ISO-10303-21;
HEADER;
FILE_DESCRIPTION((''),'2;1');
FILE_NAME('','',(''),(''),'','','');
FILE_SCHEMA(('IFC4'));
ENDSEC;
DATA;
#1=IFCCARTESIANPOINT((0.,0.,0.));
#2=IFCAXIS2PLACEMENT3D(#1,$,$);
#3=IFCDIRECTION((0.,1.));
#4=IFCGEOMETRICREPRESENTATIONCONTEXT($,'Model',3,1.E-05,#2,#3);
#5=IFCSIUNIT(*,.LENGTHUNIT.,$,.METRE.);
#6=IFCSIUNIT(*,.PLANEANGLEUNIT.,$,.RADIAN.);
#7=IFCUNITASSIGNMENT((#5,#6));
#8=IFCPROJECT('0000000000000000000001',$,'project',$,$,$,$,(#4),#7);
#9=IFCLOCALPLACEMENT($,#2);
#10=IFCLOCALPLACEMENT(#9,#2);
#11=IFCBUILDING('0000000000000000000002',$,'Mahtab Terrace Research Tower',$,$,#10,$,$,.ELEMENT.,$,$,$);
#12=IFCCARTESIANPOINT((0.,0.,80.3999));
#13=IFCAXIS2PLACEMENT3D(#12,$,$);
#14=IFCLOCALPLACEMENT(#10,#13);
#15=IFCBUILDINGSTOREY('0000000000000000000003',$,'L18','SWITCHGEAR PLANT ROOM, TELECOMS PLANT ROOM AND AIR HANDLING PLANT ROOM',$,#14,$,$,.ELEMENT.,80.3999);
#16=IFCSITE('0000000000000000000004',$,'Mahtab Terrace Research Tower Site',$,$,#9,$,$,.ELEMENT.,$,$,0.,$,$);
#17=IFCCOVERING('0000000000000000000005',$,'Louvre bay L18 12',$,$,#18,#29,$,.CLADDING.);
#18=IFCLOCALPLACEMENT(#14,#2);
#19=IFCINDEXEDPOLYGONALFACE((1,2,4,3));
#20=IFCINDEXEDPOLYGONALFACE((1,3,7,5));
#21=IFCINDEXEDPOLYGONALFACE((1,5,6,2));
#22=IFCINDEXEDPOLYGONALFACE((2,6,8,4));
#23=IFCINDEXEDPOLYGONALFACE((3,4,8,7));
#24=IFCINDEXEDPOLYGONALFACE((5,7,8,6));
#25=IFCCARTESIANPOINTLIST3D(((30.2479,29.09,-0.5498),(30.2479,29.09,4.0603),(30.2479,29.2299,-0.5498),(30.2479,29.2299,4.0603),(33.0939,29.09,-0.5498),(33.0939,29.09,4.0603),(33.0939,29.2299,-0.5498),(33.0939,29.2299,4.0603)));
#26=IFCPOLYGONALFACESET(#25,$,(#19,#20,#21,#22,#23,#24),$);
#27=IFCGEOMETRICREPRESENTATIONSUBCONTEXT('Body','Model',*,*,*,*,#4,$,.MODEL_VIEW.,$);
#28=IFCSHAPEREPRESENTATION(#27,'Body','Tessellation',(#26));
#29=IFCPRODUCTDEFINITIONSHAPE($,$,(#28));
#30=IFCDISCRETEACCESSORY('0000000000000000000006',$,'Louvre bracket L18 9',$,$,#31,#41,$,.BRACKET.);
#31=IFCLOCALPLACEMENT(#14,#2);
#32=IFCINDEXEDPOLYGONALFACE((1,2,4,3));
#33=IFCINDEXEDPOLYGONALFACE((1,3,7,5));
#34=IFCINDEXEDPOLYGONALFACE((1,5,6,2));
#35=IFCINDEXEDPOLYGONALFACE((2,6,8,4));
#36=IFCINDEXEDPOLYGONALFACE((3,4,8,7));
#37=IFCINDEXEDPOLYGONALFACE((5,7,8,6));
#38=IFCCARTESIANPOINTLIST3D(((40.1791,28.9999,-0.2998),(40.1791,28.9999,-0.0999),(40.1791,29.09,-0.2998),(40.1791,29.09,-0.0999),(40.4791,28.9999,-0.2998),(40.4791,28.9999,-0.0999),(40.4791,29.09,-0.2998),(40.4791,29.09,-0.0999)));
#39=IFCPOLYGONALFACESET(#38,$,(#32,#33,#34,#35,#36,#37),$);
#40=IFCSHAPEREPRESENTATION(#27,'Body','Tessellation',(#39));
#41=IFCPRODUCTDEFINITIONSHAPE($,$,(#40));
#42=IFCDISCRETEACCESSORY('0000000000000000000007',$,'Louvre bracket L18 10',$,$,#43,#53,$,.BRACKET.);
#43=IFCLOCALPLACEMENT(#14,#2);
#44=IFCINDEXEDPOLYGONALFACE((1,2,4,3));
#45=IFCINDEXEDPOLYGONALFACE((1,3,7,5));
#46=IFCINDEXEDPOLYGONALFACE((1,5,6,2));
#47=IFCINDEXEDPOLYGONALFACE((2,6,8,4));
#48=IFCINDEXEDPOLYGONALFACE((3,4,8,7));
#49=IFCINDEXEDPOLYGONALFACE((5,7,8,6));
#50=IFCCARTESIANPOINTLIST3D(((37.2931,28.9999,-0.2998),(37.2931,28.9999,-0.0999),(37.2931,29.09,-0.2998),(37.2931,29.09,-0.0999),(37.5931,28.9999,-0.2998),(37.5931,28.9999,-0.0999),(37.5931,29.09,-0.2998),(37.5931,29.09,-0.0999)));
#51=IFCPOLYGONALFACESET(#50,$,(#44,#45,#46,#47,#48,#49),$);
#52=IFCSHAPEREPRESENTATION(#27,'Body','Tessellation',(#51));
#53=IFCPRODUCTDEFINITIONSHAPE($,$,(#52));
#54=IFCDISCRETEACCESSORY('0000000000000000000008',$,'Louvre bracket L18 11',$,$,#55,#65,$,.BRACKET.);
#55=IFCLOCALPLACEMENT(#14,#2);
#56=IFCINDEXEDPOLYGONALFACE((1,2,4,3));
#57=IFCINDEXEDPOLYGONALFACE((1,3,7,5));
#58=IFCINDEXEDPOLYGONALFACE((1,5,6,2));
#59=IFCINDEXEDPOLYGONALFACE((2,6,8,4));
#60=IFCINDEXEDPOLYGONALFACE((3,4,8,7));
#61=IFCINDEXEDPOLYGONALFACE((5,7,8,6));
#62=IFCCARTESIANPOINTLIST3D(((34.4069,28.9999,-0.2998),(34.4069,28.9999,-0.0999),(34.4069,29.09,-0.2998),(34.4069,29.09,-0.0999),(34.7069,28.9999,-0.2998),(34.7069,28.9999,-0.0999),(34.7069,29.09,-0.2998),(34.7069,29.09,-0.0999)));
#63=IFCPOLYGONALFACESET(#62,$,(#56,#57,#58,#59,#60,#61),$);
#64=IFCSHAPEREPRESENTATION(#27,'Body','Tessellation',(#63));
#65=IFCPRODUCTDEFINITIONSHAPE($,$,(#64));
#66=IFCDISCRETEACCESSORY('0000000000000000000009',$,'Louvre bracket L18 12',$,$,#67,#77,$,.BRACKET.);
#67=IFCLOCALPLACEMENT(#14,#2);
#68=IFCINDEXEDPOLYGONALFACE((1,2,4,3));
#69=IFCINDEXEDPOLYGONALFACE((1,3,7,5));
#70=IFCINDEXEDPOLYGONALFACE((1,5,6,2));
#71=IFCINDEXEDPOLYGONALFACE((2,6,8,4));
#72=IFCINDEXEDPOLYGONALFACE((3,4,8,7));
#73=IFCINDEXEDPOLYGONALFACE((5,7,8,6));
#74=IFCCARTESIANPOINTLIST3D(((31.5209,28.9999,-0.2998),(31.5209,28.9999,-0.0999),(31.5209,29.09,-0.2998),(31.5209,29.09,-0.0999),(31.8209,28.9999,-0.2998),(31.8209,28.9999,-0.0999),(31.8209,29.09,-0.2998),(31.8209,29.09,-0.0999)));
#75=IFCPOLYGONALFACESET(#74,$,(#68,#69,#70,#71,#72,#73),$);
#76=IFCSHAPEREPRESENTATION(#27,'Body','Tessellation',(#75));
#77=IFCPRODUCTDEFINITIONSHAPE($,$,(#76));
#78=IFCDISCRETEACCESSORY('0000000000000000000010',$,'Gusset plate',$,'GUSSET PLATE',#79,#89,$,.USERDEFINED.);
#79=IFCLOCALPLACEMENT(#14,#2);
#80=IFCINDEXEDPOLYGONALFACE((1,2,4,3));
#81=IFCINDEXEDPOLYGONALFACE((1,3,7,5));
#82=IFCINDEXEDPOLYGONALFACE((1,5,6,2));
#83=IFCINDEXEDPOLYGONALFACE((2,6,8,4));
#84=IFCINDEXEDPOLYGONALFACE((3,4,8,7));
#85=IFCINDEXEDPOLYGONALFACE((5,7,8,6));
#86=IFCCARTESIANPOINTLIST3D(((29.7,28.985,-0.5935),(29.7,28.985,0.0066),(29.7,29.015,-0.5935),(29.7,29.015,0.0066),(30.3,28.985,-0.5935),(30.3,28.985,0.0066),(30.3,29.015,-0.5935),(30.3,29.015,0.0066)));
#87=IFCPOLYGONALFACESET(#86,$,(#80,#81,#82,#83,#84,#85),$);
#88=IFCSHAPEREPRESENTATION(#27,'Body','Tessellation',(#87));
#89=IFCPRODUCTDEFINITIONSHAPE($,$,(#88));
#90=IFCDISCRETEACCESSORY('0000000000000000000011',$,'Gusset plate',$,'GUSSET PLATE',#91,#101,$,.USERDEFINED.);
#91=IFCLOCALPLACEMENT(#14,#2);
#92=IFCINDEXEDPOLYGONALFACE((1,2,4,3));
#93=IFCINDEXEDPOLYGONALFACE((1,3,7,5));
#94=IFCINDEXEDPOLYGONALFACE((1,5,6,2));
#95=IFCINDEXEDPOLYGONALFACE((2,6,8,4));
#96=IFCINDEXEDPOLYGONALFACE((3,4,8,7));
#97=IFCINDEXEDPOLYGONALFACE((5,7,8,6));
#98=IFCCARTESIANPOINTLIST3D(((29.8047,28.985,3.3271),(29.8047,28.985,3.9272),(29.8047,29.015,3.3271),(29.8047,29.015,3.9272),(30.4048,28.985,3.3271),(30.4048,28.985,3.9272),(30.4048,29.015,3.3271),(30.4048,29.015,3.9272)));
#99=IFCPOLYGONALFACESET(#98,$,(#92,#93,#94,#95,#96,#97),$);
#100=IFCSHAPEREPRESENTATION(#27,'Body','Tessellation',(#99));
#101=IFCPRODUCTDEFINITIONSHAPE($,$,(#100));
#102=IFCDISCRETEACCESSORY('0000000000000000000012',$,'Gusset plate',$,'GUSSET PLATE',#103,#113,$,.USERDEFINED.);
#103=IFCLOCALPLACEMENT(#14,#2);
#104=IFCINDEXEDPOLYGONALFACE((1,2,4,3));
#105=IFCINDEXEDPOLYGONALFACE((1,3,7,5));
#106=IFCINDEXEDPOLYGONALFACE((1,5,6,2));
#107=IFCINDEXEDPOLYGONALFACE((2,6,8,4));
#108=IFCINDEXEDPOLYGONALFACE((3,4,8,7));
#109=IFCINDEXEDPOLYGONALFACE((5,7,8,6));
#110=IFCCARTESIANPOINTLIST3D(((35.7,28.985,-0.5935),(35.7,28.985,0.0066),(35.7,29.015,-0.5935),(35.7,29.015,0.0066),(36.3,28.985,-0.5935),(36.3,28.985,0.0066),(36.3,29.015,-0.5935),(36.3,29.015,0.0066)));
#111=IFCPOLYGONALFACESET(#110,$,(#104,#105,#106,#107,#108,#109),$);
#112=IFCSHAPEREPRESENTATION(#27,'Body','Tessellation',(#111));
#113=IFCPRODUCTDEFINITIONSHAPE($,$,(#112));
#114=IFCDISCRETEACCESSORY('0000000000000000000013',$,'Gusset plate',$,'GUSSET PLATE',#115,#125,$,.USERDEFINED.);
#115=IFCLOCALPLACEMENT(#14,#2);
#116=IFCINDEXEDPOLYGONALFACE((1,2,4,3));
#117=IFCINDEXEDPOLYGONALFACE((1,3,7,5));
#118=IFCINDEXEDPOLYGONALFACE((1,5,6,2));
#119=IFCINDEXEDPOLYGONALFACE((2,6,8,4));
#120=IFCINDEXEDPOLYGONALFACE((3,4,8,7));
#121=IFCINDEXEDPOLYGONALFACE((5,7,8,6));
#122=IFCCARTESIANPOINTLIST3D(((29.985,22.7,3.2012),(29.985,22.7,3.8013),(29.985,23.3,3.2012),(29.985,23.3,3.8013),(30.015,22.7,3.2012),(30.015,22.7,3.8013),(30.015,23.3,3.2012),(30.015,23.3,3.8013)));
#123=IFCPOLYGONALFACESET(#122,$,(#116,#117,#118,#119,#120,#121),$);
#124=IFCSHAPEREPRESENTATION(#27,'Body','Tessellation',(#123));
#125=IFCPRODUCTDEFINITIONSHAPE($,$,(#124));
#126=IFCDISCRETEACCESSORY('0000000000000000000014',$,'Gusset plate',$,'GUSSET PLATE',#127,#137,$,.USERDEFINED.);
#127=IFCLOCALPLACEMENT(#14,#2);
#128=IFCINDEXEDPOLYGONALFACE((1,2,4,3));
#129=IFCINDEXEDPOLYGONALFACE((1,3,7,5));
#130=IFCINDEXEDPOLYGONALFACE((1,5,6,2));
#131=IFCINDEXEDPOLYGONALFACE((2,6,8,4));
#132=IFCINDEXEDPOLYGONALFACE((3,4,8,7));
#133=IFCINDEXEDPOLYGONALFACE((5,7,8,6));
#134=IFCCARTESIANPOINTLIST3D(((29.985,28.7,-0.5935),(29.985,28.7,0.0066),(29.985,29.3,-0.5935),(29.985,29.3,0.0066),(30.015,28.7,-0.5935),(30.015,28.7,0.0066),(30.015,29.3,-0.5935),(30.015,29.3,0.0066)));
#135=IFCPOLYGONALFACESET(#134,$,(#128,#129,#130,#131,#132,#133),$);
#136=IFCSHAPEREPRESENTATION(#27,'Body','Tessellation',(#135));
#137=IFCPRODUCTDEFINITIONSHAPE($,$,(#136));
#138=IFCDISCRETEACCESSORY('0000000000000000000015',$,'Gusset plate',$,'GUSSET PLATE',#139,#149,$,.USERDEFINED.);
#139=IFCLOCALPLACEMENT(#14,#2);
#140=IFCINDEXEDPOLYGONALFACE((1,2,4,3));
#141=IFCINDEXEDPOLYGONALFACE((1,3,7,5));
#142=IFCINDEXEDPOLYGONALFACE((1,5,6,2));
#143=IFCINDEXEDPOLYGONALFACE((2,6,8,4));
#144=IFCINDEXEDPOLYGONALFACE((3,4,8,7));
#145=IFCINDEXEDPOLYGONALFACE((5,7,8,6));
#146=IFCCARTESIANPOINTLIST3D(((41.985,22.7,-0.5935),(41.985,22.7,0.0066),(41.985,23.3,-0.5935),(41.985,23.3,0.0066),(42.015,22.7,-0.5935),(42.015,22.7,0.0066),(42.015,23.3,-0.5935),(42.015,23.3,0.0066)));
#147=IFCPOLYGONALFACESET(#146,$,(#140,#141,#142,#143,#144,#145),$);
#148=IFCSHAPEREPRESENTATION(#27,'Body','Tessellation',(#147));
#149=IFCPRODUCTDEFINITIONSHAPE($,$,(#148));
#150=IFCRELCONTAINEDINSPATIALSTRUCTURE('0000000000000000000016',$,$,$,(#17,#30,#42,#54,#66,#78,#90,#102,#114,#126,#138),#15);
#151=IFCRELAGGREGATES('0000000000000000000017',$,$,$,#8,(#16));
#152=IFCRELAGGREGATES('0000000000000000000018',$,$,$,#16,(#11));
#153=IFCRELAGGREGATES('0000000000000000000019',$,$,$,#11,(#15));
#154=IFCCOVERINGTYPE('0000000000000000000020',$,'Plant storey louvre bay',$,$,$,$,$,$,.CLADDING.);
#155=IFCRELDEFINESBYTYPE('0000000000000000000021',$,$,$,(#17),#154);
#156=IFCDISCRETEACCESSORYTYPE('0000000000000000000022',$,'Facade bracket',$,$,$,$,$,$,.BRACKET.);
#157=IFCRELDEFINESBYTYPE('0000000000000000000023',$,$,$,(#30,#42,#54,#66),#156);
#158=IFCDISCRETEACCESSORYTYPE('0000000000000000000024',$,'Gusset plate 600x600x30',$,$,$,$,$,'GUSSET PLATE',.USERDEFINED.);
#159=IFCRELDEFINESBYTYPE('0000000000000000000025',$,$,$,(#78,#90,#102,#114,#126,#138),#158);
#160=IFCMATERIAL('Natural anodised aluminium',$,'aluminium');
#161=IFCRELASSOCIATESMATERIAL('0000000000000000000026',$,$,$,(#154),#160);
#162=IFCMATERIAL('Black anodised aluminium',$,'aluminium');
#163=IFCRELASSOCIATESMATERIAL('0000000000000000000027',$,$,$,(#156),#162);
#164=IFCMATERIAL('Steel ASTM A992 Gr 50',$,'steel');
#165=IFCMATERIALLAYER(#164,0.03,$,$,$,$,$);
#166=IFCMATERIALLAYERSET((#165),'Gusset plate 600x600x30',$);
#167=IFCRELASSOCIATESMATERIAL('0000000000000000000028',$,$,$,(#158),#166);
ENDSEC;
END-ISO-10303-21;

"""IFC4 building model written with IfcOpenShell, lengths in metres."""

from ifc_helpers import new_model, si_unit, direction, frame, origin, origin_2d, place, context, subcontext, project, spatial, rectangle, extrude, material, layer, layer_set, type_object, element, save


model = new_model("IFC4")

# Units and contexts
model_context = context("Model", 3, precision=1e-05, world=origin(), true_north=direction((0.0, 1.0)))
body_context = subcontext(model_context, "Body", "Model", "MODEL_VIEW")
ifc_project = project(units=[si_unit("LENGTHUNIT", "METRE"), si_unit("PLANEANGLEUNIT", "RADIAN")], contexts=[model_context])

# Site, building, storey
site_placement = place(None, origin())
site = spatial("IfcSite", under=ifc_project, at=site_placement, Name="Mahtab Terrace Research Tower Site", CompositionType="ELEMENT", RefElevation=0.0)
building_placement = place(site_placement, origin())
building = spatial("IfcBuilding", under=site, at=building_placement, Name="Mahtab Terrace Research Tower", CompositionType="ELEMENT")
storey_placement = place(building_placement, frame((0.0, 0.0, 80.3999)))
storey = spatial("IfcBuildingStorey", under=building, at=storey_placement, Name="L18", Description="SWITCHGEAR PLANT ROOM, TELECOMS PLANT ROOM AND AIR HANDLING PLANT ROOM", CompositionType="ELEMENT", Elevation=80.3999)

# Shared definitions
ifc_material_1 = material(Name="Steel ASTM A992 Gr 50", Category="steel")

# Covering
ifc_material_2 = material(Name="Natural anodised aluminium", Category="aluminium")
covering_type = type_object("IfcCoveringType", Name="Plant storey louvre bay", PredefinedType="CLADDING", material=ifc_material_2)
for number, where, z_axis, x_axis, name in (
    (1, (31.6709, 29.1599, -0.5498), (0.0, 0.0, 1.0), (-1.0, 0.0, 0.0), "Louvre bay L18 12"),
):
    element("IfcCovering", number, at=place(storey_placement, frame(where, z_axis=z_axis, x_axis=x_axis)), inside=storey, type_object=covering_type, Name=name, PredefinedType="CLADDING", context=body_context, shape_type="SweptSolid", body=[
        extrude(rectangle(XDim=2.8459, YDim=0.1399, at=origin_2d()), origin(), (0.0, 0.0, 1.0), 4.6101),
    ])

# Discrete accessories
ifc_material_3 = material(Name="Black anodised aluminium", Category="aluminium")
discrete_accessory_type_1 = type_object("IfcDiscreteAccessoryType", Name="Facade bracket", PredefinedType="BRACKET", material=ifc_material_3)
for number, where, z_axis, x_axis, name in (
    (2, (40.3291, 29.0449, -0.2998), (0.0, 0.0, 1.0), (-1.0, 0.0, 0.0), "Louvre bracket L18 9"),
    (3, (37.4431, 29.0449, -0.2998), (0.0, 0.0, 1.0), (-1.0, 0.0, 0.0), "Louvre bracket L18 10"),
    (4, (34.5569, 29.0449, -0.2998), (0.0, 0.0, 1.0), (-1.0, 0.0, 0.0), "Louvre bracket L18 11"),
    (5, (31.6709, 29.0449, -0.2998), (0.0, 0.0, 1.0), (-1.0, 0.0, 0.0), "Louvre bracket L18 12"),
):
    element("IfcDiscreteAccessory", number, at=place(storey_placement, frame(where, z_axis=z_axis, x_axis=x_axis)), inside=storey, type_object=discrete_accessory_type_1, Name=name, PredefinedType="BRACKET", context=body_context, shape_type="SweptSolid", body=[
        extrude(rectangle(XDim=0.3, YDim=0.0901, at=origin_2d()), origin(), (0.0, 0.0, 1.0), 0.2),
    ])
ifc_layer = layer(ifc_material_1, 0.03)
ifc_layer_set = layer_set([ifc_layer], Name="Gusset plate 600x600x30")
discrete_accessory_type_2 = type_object("IfcDiscreteAccessoryType", Name="Gusset plate 600x600x30", ElementType="GUSSET PLATE", PredefinedType="USERDEFINED", material=ifc_layer_set)
for number, where, z_axis, x_axis, name in (
    (6, (30.0, 29.0, -0.5935), (0.0, 0.0, 1.0), (1.0, 0.0, 0.0), "Gusset plate"),
    (7, (30.1047, 29.0, 3.3271), (0.0, 0.0, 1.0), (1.0, 0.0, 0.0), "Gusset plate"),
    (8, (36.0, 29.0, -0.5935), (0.0, 0.0, 1.0), (1.0, 0.0, 0.0), "Gusset plate"),
    (9, (30.0, 23.0, 3.2012), (0.0, 0.0, 1.0), (0.0, 1.0, 0.0), "Gusset plate"),
    (10, (30.0, 29.0, -0.5935), (0.0, 0.0, 1.0), (0.0, 1.0, 0.0), "Gusset plate"),
    (11, (42.0, 23.0, -0.5935), (0.0, 0.0, 1.0), (0.0, 1.0, 0.0), "Gusset plate"),
):
    element("IfcDiscreteAccessory", number, at=place(storey_placement, frame(where, z_axis=z_axis, x_axis=x_axis)), inside=storey, type_object=discrete_accessory_type_2, Name=name, ObjectType="GUSSET PLATE", PredefinedType="USERDEFINED", context=body_context, shape_type="SweptSolid", body=[
        extrude(rectangle(XDim=0.6001, YDim=0.03, at=origin_2d()), origin(), (0.0, 0.0, 1.0), 0.6001),
    ])

save(model, "model.ifc")
